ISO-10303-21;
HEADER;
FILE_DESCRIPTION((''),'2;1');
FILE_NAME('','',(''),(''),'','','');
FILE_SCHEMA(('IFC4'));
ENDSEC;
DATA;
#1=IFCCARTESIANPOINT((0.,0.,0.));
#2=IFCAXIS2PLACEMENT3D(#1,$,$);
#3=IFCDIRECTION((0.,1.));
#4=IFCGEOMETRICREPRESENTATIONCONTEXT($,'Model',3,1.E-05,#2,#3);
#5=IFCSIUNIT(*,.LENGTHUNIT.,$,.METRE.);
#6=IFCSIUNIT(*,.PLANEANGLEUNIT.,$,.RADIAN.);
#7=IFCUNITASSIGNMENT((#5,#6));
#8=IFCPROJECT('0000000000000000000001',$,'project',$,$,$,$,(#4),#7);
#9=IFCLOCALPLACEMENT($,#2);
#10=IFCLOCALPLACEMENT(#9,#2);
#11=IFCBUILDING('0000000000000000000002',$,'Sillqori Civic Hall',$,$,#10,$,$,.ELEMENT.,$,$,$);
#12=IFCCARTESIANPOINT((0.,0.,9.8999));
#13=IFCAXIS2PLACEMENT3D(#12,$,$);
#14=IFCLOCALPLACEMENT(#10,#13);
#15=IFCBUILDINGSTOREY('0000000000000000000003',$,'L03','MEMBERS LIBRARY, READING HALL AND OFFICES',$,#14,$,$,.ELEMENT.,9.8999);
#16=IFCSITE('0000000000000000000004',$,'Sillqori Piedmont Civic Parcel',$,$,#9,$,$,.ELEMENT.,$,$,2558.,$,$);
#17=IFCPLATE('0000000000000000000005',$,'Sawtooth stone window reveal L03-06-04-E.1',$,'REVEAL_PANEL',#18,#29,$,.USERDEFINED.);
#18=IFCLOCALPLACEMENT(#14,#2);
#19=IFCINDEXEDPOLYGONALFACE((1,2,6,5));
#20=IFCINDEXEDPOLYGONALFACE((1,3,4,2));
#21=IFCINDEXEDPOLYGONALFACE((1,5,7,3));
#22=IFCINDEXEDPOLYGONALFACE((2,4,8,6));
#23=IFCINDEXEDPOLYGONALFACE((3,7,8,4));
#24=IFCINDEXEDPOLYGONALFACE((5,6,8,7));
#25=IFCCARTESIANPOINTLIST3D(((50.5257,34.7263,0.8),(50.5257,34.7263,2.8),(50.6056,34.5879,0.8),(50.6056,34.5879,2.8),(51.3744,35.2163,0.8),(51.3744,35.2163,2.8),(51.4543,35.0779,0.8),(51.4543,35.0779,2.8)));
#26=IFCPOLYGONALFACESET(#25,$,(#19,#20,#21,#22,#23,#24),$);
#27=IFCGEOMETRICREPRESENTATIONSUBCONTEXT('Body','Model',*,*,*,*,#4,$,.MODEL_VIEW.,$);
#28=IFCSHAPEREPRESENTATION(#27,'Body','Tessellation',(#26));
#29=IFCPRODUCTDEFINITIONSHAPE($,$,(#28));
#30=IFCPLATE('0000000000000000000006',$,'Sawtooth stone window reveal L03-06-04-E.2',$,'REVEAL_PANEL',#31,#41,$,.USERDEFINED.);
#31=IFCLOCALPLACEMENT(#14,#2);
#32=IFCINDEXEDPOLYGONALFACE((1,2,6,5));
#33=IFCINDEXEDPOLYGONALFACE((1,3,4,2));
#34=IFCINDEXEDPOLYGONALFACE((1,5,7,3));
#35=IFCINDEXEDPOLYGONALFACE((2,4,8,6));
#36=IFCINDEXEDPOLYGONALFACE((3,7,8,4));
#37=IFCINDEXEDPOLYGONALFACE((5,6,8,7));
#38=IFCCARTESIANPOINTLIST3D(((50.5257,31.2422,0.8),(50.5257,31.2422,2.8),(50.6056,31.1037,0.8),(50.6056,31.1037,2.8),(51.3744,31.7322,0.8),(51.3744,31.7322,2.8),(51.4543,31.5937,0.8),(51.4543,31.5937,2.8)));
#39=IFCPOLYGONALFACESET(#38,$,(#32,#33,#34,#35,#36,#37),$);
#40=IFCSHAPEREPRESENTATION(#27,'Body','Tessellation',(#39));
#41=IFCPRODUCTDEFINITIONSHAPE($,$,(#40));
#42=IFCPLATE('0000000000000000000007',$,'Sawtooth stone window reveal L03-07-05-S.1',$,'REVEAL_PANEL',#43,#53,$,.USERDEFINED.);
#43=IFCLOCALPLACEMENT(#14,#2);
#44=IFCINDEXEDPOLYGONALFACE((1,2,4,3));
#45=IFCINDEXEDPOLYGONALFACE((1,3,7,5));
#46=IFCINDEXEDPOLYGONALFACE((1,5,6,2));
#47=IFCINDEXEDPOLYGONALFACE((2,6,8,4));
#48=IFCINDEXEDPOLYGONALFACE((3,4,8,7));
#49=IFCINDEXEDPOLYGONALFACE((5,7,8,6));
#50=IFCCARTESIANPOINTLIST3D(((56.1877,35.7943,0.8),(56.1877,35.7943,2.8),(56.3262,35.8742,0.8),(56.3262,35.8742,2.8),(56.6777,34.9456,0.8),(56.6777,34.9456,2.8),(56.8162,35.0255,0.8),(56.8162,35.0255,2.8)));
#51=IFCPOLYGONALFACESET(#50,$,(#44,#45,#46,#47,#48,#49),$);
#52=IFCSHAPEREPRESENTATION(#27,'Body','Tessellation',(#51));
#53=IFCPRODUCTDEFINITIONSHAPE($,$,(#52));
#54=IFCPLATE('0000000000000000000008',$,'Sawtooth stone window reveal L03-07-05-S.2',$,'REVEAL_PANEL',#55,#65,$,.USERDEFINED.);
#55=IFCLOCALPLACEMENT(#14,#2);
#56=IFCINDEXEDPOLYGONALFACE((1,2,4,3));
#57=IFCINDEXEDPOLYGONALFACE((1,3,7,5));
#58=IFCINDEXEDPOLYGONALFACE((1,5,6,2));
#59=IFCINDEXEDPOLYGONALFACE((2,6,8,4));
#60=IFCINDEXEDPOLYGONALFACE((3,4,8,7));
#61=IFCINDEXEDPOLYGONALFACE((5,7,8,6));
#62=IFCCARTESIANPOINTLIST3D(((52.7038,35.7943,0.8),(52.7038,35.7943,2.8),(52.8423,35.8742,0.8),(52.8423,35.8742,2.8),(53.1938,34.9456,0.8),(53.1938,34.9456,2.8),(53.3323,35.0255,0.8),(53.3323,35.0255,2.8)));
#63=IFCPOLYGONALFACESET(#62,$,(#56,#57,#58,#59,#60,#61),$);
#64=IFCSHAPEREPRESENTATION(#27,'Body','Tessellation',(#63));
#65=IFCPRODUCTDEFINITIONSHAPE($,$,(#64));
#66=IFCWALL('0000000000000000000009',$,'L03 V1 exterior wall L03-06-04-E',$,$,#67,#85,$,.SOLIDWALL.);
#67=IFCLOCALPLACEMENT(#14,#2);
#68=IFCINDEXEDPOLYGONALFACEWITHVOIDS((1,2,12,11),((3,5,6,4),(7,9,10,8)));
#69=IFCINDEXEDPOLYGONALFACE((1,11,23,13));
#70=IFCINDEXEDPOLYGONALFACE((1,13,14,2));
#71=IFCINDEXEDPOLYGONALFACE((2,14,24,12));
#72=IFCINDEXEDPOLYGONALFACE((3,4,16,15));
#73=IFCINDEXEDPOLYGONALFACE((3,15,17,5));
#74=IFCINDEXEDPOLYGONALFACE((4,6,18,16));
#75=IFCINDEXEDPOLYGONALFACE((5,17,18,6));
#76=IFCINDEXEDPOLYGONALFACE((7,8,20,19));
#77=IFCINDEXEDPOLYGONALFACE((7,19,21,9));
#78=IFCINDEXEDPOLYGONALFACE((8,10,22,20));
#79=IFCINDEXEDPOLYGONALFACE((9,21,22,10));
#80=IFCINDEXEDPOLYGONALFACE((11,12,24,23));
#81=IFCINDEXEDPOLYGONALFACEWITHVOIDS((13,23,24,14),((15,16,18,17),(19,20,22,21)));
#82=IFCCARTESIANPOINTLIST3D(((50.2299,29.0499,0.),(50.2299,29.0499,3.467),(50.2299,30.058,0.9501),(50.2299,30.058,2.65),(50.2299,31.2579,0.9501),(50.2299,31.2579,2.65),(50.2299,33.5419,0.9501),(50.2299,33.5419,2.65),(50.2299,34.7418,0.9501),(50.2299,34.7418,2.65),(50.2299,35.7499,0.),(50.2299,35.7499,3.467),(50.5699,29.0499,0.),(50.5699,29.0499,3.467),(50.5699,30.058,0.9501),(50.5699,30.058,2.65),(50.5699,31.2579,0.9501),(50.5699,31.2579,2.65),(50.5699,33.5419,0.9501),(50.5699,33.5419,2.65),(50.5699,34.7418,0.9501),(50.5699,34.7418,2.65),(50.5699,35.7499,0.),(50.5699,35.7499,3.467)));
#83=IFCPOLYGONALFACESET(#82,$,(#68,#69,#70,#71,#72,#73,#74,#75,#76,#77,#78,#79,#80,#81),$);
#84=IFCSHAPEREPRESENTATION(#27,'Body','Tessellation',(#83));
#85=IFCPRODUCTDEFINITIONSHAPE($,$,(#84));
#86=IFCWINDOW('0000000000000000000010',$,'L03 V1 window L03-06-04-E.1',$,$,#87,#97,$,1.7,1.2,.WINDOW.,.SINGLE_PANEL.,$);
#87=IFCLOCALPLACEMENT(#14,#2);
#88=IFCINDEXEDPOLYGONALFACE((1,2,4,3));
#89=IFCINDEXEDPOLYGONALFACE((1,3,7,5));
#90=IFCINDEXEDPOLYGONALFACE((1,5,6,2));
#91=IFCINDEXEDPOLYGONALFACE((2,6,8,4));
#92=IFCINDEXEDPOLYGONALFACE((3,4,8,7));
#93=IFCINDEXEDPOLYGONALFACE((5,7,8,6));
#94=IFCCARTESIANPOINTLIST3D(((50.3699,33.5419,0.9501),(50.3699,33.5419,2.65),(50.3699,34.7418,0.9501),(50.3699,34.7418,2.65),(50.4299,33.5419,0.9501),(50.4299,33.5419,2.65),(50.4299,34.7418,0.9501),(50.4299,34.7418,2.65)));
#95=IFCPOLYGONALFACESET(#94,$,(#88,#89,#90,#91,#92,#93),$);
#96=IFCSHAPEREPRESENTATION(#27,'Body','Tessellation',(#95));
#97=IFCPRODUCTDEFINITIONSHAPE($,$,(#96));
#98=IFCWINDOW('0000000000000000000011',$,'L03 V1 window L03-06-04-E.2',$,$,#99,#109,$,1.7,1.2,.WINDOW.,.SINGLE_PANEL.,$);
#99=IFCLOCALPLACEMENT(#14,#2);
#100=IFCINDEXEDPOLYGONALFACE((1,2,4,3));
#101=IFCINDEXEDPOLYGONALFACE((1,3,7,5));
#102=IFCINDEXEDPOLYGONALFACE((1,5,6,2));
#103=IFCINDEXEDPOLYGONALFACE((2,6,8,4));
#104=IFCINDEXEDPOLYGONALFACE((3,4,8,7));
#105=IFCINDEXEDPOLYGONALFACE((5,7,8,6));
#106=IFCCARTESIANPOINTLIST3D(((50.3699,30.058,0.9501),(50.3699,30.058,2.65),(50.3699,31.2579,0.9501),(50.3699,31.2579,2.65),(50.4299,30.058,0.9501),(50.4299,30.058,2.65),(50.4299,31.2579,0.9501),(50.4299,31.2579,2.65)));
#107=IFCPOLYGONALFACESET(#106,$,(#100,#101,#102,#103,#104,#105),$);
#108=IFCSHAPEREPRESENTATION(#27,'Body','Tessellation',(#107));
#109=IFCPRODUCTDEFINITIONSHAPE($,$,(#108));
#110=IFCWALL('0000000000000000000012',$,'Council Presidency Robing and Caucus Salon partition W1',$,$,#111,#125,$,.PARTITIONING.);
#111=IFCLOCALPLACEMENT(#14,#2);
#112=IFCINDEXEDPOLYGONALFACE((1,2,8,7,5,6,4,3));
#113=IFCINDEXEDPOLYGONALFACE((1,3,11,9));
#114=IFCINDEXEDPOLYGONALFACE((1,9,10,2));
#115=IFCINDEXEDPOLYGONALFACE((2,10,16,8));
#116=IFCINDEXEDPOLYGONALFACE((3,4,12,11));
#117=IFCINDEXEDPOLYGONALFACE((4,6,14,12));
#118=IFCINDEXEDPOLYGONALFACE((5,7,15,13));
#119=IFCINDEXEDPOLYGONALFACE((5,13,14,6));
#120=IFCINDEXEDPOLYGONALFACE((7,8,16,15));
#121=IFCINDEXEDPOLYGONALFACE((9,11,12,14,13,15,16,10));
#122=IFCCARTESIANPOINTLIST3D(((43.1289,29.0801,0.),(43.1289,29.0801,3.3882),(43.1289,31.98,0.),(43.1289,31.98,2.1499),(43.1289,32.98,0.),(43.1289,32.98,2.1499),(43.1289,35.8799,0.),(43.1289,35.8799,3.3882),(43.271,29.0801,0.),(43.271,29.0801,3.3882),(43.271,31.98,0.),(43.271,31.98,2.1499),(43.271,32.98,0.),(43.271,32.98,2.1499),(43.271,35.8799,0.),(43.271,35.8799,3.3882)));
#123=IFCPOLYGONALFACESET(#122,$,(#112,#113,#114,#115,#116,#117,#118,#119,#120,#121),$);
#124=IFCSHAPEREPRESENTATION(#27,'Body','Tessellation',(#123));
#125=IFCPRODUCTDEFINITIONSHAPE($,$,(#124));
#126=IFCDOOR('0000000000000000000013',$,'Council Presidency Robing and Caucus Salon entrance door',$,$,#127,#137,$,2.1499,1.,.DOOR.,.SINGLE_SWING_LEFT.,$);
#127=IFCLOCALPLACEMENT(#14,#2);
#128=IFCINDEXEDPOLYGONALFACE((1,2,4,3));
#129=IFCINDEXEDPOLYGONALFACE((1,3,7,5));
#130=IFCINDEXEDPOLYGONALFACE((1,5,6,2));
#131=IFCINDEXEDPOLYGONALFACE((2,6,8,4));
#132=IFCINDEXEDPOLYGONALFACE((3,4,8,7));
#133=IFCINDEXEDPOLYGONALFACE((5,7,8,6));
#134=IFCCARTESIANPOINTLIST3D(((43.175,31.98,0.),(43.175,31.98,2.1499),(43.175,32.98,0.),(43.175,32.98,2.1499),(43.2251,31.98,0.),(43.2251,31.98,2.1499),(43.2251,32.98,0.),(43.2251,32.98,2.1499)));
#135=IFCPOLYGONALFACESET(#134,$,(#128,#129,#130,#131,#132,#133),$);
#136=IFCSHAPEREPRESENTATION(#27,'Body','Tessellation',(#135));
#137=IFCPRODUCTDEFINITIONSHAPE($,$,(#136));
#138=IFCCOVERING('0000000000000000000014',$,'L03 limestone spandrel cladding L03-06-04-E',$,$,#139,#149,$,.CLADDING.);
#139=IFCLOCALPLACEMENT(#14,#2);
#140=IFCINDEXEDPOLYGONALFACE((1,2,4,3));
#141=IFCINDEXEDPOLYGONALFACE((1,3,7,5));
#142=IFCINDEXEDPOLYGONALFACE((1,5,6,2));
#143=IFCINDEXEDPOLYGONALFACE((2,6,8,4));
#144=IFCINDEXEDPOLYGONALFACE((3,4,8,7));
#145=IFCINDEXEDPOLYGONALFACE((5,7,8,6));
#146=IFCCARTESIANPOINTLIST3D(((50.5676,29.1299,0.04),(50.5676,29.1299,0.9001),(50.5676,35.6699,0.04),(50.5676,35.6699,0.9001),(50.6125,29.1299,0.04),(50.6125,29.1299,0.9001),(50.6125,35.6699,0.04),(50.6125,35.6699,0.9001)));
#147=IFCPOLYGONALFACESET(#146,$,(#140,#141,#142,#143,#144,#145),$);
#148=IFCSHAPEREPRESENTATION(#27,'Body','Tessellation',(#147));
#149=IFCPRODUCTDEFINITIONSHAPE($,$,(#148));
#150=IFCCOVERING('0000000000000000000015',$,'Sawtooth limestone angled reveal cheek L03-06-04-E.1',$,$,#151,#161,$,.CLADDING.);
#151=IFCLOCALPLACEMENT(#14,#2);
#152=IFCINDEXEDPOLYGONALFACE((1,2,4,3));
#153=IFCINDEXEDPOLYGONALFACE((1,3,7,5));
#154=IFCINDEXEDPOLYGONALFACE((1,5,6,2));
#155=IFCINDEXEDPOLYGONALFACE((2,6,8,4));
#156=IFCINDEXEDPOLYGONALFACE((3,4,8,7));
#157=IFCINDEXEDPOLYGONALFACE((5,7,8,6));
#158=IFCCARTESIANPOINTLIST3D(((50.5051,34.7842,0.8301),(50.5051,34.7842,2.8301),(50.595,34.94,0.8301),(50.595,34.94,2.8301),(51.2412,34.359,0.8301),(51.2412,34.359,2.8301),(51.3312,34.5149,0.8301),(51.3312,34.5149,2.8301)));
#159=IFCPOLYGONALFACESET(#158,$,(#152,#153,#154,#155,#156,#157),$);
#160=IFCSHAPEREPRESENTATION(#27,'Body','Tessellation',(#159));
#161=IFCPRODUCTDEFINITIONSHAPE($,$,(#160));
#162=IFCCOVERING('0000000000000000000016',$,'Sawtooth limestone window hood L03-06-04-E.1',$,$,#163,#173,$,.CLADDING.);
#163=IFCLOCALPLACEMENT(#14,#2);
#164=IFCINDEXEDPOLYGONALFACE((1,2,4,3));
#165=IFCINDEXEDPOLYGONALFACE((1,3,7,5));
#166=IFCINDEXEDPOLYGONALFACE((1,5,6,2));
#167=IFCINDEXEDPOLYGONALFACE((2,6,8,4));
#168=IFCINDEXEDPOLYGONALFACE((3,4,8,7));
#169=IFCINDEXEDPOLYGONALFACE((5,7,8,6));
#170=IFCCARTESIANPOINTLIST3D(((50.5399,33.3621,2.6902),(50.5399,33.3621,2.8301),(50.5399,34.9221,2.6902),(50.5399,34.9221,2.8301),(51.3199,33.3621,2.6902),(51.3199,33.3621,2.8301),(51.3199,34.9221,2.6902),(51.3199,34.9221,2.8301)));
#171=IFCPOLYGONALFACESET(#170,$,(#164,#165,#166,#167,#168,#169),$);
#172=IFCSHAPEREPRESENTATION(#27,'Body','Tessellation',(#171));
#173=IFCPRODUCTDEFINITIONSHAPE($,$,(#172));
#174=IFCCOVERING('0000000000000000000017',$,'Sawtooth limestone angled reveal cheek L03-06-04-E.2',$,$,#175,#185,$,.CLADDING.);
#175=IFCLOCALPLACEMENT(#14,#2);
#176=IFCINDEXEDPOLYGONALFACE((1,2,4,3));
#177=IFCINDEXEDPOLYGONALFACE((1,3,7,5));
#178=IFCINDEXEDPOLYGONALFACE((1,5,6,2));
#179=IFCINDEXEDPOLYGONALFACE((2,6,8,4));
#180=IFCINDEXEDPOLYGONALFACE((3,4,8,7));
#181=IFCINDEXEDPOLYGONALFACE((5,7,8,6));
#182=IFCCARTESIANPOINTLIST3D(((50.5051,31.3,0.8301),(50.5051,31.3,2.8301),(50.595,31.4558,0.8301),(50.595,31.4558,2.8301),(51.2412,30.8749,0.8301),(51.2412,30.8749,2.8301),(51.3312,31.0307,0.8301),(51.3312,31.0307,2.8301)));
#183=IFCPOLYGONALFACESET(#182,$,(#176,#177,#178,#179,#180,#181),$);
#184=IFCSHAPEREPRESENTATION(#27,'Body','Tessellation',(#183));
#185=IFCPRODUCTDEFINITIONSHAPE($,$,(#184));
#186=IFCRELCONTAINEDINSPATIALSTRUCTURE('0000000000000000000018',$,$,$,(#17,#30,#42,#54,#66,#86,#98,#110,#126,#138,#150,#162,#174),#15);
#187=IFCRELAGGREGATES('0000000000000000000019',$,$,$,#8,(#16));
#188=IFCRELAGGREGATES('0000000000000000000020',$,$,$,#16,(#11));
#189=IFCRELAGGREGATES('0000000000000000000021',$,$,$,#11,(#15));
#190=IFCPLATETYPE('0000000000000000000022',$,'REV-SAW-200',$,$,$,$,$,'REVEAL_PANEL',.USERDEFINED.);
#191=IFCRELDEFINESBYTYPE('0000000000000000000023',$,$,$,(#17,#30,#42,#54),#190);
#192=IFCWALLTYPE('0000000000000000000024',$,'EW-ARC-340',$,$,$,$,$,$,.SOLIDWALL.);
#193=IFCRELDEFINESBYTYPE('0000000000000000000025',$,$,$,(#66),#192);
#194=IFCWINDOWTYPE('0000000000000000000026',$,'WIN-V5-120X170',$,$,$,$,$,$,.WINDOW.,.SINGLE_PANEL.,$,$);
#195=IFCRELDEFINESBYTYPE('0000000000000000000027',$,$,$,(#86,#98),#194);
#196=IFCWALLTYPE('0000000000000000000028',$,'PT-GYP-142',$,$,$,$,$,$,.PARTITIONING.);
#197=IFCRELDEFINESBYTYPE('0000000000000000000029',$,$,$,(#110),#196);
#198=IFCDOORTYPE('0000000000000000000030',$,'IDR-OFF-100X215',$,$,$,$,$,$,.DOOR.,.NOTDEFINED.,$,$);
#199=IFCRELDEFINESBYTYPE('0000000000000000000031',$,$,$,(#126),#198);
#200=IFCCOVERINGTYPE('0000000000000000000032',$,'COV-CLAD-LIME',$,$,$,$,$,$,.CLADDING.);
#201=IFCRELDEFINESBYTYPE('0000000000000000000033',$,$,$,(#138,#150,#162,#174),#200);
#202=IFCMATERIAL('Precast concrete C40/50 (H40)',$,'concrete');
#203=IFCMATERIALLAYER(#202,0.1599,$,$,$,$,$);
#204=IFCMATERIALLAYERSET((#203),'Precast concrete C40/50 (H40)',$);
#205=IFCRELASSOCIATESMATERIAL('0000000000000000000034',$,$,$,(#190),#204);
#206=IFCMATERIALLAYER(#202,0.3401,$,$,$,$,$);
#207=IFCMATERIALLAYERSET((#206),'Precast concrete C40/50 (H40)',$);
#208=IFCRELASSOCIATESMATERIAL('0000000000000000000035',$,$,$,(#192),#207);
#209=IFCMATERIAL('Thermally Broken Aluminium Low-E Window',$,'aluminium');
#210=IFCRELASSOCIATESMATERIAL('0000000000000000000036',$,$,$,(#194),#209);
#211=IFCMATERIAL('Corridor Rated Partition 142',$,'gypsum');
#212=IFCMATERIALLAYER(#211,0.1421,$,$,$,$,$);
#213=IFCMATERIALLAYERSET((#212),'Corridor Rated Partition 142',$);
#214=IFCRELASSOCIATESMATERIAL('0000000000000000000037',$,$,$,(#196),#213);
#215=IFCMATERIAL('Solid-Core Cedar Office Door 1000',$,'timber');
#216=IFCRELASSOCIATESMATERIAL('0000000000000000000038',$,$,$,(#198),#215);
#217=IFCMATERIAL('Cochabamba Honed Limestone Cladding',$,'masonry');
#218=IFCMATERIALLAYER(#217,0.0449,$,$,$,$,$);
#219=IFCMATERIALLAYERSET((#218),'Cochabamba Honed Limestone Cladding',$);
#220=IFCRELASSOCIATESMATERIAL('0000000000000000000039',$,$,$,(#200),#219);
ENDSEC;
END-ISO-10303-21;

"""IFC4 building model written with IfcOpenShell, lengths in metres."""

from ifc_helpers import new_model, si_unit, direction, frame, frame_2d, origin, origin_2d, place, context, subcontext, project, spatial, rectangle, extrude, material, layer, layer_set, type_object, element, fill, save


model = new_model("IFC4")

# Units and contexts
model_context = context("Model", 3, precision=1e-05, world=origin(), true_north=direction((0.0, 1.0)))
body_context = subcontext(model_context, "Body", "Model", "MODEL_VIEW")
ifc_project = project(units=[si_unit("LENGTHUNIT", "METRE"), si_unit("PLANEANGLEUNIT", "RADIAN")], contexts=[model_context])

# Site, building, storey
site_placement = place(None, origin())
site = spatial("IfcSite", under=ifc_project, at=site_placement, Name="Sillqori Piedmont Civic Parcel", CompositionType="ELEMENT", RefElevation=2558.0)
building_placement = place(site_placement, origin())
building = spatial("IfcBuilding", under=site, at=building_placement, Name="Sillqori Civic Hall", CompositionType="ELEMENT")
storey_placement = place(building_placement, frame((0.0, 0.0, 9.8999)))
storey = spatial("IfcBuildingStorey", under=building, at=storey_placement, Name="L03", Description="MEMBERS LIBRARY, READING HALL AND OFFICES", CompositionType="ELEMENT", Elevation=9.8999)

# Plates
ifc_material_1 = material(Name="Precast concrete C40/50 (H40)", Category="concrete")
ifc_layer_1 = layer(ifc_material_1, 0.1599)
ifc_layer_set_1 = layer_set([ifc_layer_1], Name="Precast concrete C40/50 (H40)")
plate_type = type_object("IfcPlateType", Name="REV-SAW-200", ElementType="REVEAL_PANEL", PredefinedType="USERDEFINED", material=ifc_layer_set_1)
for number, where, z_axis, x_axis, name in (
    (1, (50.99, 34.9021, 0.8), (0.0, 0.0, 1.0), (0.5, -0.866025, 0.0), "Sawtooth stone window reveal L03-06-04-E.1"),
    (2, (50.99, 31.418, 0.8), (0.0, 0.0, 1.0), (0.5, -0.866025, 0.0), "Sawtooth stone window reveal L03-06-04-E.2"),
    (3, (56.502, 35.4099, 0.8), (0.0, 0.0, 1.0), (-0.866025, -0.5, 0.0), "Sawtooth stone window reveal L03-07-05-S.1"),
    (4, (53.0181, 35.4099, 0.8), (0.0, 0.0, 1.0), (-0.866025, -0.5, 0.0), "Sawtooth stone window reveal L03-07-05-S.2"),
):
    element("IfcPlate", number, at=place(storey_placement, frame(where, z_axis=z_axis, x_axis=x_axis)), inside=storey, type_object=plate_type, Name=name, ObjectType="REVEAL_PANEL", PredefinedType="USERDEFINED", context=body_context, shape_type="SweptSolid", body=[
        extrude(rectangle(XDim=0.1599, YDim=0.98, at=origin_2d()), origin(), (0.0, 0.0, 1.0), 2.0),
    ])

# Wall, openings, windows
ifc_layer_2 = layer(ifc_material_1, 0.3401)
ifc_layer_set_2 = layer_set([ifc_layer_2], Name="Precast concrete C40/50 (H40)")
wall_type_1 = type_object("IfcWallType", Name="EW-ARC-340", PredefinedType="SOLIDWALL", material=ifc_layer_set_2)
wall_1_placement = place(storey_placement, frame((50.3999, 35.75, 0.0), z_axis=(0.0, 0.0, 1.0), x_axis=(0.0, -1.0, 0.0)))
wall_1 = element("IfcWall", 5, at=wall_1_placement, inside=storey, type_object=wall_type_1, Name="L03 V1 exterior wall L03-06-04-E", PredefinedType="SOLIDWALL", context=body_context, shape_type="SweptSolid", body=[
    extrude(rectangle(XDim=6.7, YDim=0.3401, at=frame_2d((3.3501, 0.0))), origin(), (0.0, 0.0, 1.0), 3.467),
])
opening_1_placement = place(wall_1_placement, frame((1.0081, 0.0, 0.95)))
opening_1 = element("IfcOpeningElement", 6, at=opening_1_placement, cuts=wall_1, PredefinedType="OPENING", context=body_context, shape_type="SweptSolid", body=[
    extrude(rectangle(XDim=1.2, YDim=1.7, at=frame_2d((0.6001, 0.8501))), frame((0.0, 0.1799, 0.0), z_axis=(0.0, -1.0, 0.0), x_axis=(1.0, 0.0, 0.0)), (0.0, 0.0, 1.0), 0.3601),
])
opening_2_placement = place(wall_1_placement, frame((4.4919, 0.0, 0.95)))
opening_2 = element("IfcOpeningElement", 7, at=opening_2_placement, cuts=wall_1, PredefinedType="OPENING", context=body_context, shape_type="SweptSolid", body=[
    extrude(rectangle(XDim=1.2, YDim=1.7, at=frame_2d((0.6001, 0.8501))), frame((0.0, 0.1799, 0.0), z_axis=(0.0, -1.0, 0.0), x_axis=(1.0, 0.0, 0.0)), (0.0, 0.0, 1.0), 0.3601),
])
ifc_material_2 = material(Name="Thermally Broken Aluminium Low-E Window", Category="aluminium")
window_type = type_object("IfcWindowType", Name="WIN-V5-120X170", PartitioningType="SINGLE_PANEL", PredefinedType="WINDOW", material=ifc_material_2)
window_1_placement = place(opening_1_placement, origin())
window_1 = element("IfcWindow", 8, at=window_1_placement, inside=storey, type_object=window_type, Name="L03 V1 window L03-06-04-E.1", OverallHeight=1.7, OverallWidth=1.2, PartitioningType="SINGLE_PANEL", PredefinedType="WINDOW", context=body_context, shape_type="SweptSolid", body=[
    extrude(rectangle(XDim=1.2, YDim=1.7, at=frame_2d((0.6001, 0.8501))), frame((0.0, 0.03, 0.0), z_axis=(0.0, -1.0, 0.0), x_axis=(1.0, 0.0, 0.0)), (0.0, 0.0, 1.0), 0.0601),
])
fill(opening_1, window_1)
window_2_placement = place(opening_2_placement, origin())
window_2 = element("IfcWindow", 9, at=window_2_placement, inside=storey, type_object=window_type, Name="L03 V1 window L03-06-04-E.2", OverallHeight=1.7, OverallWidth=1.2, PartitioningType="SINGLE_PANEL", PredefinedType="WINDOW", context=body_context, shape_type="SweptSolid", body=[
    extrude(rectangle(XDim=1.2, YDim=1.7, at=frame_2d((0.6001, 0.8501))), frame((0.0, 0.03, 0.0), z_axis=(0.0, -1.0, 0.0), x_axis=(1.0, 0.0, 0.0)), (0.0, 0.0, 1.0), 0.0601),
])
fill(opening_2, window_2)

# Wall, opening, door
ifc_material_3 = material(Name="Corridor Rated Partition 142", Category="gypsum")
ifc_layer_3 = layer(ifc_material_3, 0.1421)
ifc_layer_set_3 = layer_set([ifc_layer_3], Name="Corridor Rated Partition 142")
wall_type_2 = type_object("IfcWallType", Name="PT-GYP-142", PredefinedType="PARTITIONING", material=ifc_layer_set_3)
wall_2_placement = place(storey_placement, frame((43.2, 29.0801, 0.0), z_axis=(0.0, 0.0, 1.0), x_axis=(0.0, 1.0, 0.0)))
wall_2 = element("IfcWall", 10, at=wall_2_placement, inside=storey, type_object=wall_type_2, Name="Council Presidency Robing and Caucus Salon partition W1", PredefinedType="PARTITIONING", context=body_context, shape_type="SweptSolid", body=[
    extrude(rectangle(XDim=6.7998, YDim=0.1421, at=frame_2d((3.3999, 0.0))), origin(), (0.0, 0.0, 1.0), 3.3882),
])
opening_3_placement = place(wall_2_placement, frame((2.8999, 0.0, 0.0)))
opening_3 = element("IfcOpeningElement", 11, at=opening_3_placement, cuts=wall_2, PredefinedType="OPENING", context=body_context, shape_type="SweptSolid", body=[
    extrude(rectangle(XDim=1.0, YDim=2.1499, at=frame_2d((0.5, 1.075))), frame((0.0, 0.0811, 0.0), z_axis=(0.0, -1.0, 0.0), x_axis=(1.0, 0.0, 0.0)), (0.0, 0.0, 1.0), 0.1621),
])
ifc_material_4 = material(Name="Solid-Core Cedar Office Door 1000", Category="timber")
door_type = type_object("IfcDoorType", Name="IDR-OFF-100X215", OperationType="NOTDEFINED", PredefinedType="DOOR", material=ifc_material_4)
door_placement = place(opening_3_placement, origin())
door = element("IfcDoor", 12, at=door_placement, inside=storey, type_object=door_type, Name="Council Presidency Robing and Caucus Salon entrance door", OperationType="SINGLE_SWING_LEFT", OverallHeight=2.1499, OverallWidth=1.0, PredefinedType="DOOR", context=body_context, shape_type="SweptSolid", body=[
    extrude(rectangle(XDim=1.0, YDim=2.1499, at=frame_2d((0.5, 1.075))), frame((0.0, 0.0249, 0.0), z_axis=(0.0, -1.0, 0.0), x_axis=(1.0, 0.0, 0.0)), (0.0, 0.0, 1.0), 0.05),
])
fill(opening_3, door)

# Coverings
ifc_material_5 = material(Name="Cochabamba Honed Limestone Cladding", Category="masonry")
ifc_layer_4 = layer(ifc_material_5, 0.0449)
ifc_layer_set_4 = layer_set([ifc_layer_4], Name="Cochabamba Honed Limestone Cladding")
covering_type = type_object("IfcCoveringType", Name="COV-CLAD-LIME", PredefinedType="CLADDING", material=ifc_layer_set_4)
covering_1_placement = place(storey_placement, frame((50.5901, 35.6699, 0.04), z_axis=(0.0, 0.0, 1.0), x_axis=(0.0, -1.0, 0.0)))
element("IfcCovering", 13, at=covering_1_placement, inside=storey, type_object=covering_type, Name="L03 limestone spandrel cladding L03-06-04-E", PredefinedType="CLADDING", context=body_context, shape_type="SweptSolid", body=[
    extrude(rectangle(XDim=6.54, YDim=0.0449, at=frame_2d((3.27, 0.0))), origin(), (0.0, 0.0, 1.0), 0.8601),
])
covering_2_placement = place(storey_placement, frame((50.55, 34.8621, 0.8301), z_axis=(0.0, 0.0, 1.0), x_axis=(0.865989, -0.500062, 0.0)))
element("IfcCovering", 14, at=covering_2_placement, inside=storey, type_object=covering_type, Name="Sawtooth limestone angled reveal cheek L03-06-04-E.1", PredefinedType="CLADDING", context=body_context, shape_type="SweptSolid", body=[
    extrude(rectangle(XDim=0.8501, YDim=0.1799, at=frame_2d((0.425, 0.0))), origin(), (0.0, 0.0, 1.0), 2.0),
])
covering_3_placement = place(storey_placement, frame((50.9299, 34.9221, 2.6902), z_axis=(0.0, 0.0, 1.0), x_axis=(0.0, -1.0, 0.0)))
element("IfcCovering", 15, at=covering_3_placement, inside=storey, type_object=covering_type, Name="Sawtooth limestone window hood L03-06-04-E.1", PredefinedType="CLADDING", context=body_context, shape_type="SweptSolid", body=[
    extrude(rectangle(XDim=1.5601, YDim=0.78, at=frame_2d((0.78, 0.0))), origin(), (0.0, 0.0, 1.0), 0.1399),
])
covering_4_placement = place(storey_placement, frame((50.55, 31.3779, 0.8301), z_axis=(0.0, 0.0, 1.0), x_axis=(0.865989, -0.500062, 0.0)))
element("IfcCovering", 16, at=covering_4_placement, inside=storey, type_object=covering_type, Name="Sawtooth limestone angled reveal cheek L03-06-04-E.2", PredefinedType="CLADDING", context=body_context, shape_type="SweptSolid", body=[
    extrude(rectangle(XDim=0.8501, YDim=0.1799, at=frame_2d((0.425, 0.0))), origin(), (0.0, 0.0, 1.0), 2.0),
])

save(model, "model.ifc")
